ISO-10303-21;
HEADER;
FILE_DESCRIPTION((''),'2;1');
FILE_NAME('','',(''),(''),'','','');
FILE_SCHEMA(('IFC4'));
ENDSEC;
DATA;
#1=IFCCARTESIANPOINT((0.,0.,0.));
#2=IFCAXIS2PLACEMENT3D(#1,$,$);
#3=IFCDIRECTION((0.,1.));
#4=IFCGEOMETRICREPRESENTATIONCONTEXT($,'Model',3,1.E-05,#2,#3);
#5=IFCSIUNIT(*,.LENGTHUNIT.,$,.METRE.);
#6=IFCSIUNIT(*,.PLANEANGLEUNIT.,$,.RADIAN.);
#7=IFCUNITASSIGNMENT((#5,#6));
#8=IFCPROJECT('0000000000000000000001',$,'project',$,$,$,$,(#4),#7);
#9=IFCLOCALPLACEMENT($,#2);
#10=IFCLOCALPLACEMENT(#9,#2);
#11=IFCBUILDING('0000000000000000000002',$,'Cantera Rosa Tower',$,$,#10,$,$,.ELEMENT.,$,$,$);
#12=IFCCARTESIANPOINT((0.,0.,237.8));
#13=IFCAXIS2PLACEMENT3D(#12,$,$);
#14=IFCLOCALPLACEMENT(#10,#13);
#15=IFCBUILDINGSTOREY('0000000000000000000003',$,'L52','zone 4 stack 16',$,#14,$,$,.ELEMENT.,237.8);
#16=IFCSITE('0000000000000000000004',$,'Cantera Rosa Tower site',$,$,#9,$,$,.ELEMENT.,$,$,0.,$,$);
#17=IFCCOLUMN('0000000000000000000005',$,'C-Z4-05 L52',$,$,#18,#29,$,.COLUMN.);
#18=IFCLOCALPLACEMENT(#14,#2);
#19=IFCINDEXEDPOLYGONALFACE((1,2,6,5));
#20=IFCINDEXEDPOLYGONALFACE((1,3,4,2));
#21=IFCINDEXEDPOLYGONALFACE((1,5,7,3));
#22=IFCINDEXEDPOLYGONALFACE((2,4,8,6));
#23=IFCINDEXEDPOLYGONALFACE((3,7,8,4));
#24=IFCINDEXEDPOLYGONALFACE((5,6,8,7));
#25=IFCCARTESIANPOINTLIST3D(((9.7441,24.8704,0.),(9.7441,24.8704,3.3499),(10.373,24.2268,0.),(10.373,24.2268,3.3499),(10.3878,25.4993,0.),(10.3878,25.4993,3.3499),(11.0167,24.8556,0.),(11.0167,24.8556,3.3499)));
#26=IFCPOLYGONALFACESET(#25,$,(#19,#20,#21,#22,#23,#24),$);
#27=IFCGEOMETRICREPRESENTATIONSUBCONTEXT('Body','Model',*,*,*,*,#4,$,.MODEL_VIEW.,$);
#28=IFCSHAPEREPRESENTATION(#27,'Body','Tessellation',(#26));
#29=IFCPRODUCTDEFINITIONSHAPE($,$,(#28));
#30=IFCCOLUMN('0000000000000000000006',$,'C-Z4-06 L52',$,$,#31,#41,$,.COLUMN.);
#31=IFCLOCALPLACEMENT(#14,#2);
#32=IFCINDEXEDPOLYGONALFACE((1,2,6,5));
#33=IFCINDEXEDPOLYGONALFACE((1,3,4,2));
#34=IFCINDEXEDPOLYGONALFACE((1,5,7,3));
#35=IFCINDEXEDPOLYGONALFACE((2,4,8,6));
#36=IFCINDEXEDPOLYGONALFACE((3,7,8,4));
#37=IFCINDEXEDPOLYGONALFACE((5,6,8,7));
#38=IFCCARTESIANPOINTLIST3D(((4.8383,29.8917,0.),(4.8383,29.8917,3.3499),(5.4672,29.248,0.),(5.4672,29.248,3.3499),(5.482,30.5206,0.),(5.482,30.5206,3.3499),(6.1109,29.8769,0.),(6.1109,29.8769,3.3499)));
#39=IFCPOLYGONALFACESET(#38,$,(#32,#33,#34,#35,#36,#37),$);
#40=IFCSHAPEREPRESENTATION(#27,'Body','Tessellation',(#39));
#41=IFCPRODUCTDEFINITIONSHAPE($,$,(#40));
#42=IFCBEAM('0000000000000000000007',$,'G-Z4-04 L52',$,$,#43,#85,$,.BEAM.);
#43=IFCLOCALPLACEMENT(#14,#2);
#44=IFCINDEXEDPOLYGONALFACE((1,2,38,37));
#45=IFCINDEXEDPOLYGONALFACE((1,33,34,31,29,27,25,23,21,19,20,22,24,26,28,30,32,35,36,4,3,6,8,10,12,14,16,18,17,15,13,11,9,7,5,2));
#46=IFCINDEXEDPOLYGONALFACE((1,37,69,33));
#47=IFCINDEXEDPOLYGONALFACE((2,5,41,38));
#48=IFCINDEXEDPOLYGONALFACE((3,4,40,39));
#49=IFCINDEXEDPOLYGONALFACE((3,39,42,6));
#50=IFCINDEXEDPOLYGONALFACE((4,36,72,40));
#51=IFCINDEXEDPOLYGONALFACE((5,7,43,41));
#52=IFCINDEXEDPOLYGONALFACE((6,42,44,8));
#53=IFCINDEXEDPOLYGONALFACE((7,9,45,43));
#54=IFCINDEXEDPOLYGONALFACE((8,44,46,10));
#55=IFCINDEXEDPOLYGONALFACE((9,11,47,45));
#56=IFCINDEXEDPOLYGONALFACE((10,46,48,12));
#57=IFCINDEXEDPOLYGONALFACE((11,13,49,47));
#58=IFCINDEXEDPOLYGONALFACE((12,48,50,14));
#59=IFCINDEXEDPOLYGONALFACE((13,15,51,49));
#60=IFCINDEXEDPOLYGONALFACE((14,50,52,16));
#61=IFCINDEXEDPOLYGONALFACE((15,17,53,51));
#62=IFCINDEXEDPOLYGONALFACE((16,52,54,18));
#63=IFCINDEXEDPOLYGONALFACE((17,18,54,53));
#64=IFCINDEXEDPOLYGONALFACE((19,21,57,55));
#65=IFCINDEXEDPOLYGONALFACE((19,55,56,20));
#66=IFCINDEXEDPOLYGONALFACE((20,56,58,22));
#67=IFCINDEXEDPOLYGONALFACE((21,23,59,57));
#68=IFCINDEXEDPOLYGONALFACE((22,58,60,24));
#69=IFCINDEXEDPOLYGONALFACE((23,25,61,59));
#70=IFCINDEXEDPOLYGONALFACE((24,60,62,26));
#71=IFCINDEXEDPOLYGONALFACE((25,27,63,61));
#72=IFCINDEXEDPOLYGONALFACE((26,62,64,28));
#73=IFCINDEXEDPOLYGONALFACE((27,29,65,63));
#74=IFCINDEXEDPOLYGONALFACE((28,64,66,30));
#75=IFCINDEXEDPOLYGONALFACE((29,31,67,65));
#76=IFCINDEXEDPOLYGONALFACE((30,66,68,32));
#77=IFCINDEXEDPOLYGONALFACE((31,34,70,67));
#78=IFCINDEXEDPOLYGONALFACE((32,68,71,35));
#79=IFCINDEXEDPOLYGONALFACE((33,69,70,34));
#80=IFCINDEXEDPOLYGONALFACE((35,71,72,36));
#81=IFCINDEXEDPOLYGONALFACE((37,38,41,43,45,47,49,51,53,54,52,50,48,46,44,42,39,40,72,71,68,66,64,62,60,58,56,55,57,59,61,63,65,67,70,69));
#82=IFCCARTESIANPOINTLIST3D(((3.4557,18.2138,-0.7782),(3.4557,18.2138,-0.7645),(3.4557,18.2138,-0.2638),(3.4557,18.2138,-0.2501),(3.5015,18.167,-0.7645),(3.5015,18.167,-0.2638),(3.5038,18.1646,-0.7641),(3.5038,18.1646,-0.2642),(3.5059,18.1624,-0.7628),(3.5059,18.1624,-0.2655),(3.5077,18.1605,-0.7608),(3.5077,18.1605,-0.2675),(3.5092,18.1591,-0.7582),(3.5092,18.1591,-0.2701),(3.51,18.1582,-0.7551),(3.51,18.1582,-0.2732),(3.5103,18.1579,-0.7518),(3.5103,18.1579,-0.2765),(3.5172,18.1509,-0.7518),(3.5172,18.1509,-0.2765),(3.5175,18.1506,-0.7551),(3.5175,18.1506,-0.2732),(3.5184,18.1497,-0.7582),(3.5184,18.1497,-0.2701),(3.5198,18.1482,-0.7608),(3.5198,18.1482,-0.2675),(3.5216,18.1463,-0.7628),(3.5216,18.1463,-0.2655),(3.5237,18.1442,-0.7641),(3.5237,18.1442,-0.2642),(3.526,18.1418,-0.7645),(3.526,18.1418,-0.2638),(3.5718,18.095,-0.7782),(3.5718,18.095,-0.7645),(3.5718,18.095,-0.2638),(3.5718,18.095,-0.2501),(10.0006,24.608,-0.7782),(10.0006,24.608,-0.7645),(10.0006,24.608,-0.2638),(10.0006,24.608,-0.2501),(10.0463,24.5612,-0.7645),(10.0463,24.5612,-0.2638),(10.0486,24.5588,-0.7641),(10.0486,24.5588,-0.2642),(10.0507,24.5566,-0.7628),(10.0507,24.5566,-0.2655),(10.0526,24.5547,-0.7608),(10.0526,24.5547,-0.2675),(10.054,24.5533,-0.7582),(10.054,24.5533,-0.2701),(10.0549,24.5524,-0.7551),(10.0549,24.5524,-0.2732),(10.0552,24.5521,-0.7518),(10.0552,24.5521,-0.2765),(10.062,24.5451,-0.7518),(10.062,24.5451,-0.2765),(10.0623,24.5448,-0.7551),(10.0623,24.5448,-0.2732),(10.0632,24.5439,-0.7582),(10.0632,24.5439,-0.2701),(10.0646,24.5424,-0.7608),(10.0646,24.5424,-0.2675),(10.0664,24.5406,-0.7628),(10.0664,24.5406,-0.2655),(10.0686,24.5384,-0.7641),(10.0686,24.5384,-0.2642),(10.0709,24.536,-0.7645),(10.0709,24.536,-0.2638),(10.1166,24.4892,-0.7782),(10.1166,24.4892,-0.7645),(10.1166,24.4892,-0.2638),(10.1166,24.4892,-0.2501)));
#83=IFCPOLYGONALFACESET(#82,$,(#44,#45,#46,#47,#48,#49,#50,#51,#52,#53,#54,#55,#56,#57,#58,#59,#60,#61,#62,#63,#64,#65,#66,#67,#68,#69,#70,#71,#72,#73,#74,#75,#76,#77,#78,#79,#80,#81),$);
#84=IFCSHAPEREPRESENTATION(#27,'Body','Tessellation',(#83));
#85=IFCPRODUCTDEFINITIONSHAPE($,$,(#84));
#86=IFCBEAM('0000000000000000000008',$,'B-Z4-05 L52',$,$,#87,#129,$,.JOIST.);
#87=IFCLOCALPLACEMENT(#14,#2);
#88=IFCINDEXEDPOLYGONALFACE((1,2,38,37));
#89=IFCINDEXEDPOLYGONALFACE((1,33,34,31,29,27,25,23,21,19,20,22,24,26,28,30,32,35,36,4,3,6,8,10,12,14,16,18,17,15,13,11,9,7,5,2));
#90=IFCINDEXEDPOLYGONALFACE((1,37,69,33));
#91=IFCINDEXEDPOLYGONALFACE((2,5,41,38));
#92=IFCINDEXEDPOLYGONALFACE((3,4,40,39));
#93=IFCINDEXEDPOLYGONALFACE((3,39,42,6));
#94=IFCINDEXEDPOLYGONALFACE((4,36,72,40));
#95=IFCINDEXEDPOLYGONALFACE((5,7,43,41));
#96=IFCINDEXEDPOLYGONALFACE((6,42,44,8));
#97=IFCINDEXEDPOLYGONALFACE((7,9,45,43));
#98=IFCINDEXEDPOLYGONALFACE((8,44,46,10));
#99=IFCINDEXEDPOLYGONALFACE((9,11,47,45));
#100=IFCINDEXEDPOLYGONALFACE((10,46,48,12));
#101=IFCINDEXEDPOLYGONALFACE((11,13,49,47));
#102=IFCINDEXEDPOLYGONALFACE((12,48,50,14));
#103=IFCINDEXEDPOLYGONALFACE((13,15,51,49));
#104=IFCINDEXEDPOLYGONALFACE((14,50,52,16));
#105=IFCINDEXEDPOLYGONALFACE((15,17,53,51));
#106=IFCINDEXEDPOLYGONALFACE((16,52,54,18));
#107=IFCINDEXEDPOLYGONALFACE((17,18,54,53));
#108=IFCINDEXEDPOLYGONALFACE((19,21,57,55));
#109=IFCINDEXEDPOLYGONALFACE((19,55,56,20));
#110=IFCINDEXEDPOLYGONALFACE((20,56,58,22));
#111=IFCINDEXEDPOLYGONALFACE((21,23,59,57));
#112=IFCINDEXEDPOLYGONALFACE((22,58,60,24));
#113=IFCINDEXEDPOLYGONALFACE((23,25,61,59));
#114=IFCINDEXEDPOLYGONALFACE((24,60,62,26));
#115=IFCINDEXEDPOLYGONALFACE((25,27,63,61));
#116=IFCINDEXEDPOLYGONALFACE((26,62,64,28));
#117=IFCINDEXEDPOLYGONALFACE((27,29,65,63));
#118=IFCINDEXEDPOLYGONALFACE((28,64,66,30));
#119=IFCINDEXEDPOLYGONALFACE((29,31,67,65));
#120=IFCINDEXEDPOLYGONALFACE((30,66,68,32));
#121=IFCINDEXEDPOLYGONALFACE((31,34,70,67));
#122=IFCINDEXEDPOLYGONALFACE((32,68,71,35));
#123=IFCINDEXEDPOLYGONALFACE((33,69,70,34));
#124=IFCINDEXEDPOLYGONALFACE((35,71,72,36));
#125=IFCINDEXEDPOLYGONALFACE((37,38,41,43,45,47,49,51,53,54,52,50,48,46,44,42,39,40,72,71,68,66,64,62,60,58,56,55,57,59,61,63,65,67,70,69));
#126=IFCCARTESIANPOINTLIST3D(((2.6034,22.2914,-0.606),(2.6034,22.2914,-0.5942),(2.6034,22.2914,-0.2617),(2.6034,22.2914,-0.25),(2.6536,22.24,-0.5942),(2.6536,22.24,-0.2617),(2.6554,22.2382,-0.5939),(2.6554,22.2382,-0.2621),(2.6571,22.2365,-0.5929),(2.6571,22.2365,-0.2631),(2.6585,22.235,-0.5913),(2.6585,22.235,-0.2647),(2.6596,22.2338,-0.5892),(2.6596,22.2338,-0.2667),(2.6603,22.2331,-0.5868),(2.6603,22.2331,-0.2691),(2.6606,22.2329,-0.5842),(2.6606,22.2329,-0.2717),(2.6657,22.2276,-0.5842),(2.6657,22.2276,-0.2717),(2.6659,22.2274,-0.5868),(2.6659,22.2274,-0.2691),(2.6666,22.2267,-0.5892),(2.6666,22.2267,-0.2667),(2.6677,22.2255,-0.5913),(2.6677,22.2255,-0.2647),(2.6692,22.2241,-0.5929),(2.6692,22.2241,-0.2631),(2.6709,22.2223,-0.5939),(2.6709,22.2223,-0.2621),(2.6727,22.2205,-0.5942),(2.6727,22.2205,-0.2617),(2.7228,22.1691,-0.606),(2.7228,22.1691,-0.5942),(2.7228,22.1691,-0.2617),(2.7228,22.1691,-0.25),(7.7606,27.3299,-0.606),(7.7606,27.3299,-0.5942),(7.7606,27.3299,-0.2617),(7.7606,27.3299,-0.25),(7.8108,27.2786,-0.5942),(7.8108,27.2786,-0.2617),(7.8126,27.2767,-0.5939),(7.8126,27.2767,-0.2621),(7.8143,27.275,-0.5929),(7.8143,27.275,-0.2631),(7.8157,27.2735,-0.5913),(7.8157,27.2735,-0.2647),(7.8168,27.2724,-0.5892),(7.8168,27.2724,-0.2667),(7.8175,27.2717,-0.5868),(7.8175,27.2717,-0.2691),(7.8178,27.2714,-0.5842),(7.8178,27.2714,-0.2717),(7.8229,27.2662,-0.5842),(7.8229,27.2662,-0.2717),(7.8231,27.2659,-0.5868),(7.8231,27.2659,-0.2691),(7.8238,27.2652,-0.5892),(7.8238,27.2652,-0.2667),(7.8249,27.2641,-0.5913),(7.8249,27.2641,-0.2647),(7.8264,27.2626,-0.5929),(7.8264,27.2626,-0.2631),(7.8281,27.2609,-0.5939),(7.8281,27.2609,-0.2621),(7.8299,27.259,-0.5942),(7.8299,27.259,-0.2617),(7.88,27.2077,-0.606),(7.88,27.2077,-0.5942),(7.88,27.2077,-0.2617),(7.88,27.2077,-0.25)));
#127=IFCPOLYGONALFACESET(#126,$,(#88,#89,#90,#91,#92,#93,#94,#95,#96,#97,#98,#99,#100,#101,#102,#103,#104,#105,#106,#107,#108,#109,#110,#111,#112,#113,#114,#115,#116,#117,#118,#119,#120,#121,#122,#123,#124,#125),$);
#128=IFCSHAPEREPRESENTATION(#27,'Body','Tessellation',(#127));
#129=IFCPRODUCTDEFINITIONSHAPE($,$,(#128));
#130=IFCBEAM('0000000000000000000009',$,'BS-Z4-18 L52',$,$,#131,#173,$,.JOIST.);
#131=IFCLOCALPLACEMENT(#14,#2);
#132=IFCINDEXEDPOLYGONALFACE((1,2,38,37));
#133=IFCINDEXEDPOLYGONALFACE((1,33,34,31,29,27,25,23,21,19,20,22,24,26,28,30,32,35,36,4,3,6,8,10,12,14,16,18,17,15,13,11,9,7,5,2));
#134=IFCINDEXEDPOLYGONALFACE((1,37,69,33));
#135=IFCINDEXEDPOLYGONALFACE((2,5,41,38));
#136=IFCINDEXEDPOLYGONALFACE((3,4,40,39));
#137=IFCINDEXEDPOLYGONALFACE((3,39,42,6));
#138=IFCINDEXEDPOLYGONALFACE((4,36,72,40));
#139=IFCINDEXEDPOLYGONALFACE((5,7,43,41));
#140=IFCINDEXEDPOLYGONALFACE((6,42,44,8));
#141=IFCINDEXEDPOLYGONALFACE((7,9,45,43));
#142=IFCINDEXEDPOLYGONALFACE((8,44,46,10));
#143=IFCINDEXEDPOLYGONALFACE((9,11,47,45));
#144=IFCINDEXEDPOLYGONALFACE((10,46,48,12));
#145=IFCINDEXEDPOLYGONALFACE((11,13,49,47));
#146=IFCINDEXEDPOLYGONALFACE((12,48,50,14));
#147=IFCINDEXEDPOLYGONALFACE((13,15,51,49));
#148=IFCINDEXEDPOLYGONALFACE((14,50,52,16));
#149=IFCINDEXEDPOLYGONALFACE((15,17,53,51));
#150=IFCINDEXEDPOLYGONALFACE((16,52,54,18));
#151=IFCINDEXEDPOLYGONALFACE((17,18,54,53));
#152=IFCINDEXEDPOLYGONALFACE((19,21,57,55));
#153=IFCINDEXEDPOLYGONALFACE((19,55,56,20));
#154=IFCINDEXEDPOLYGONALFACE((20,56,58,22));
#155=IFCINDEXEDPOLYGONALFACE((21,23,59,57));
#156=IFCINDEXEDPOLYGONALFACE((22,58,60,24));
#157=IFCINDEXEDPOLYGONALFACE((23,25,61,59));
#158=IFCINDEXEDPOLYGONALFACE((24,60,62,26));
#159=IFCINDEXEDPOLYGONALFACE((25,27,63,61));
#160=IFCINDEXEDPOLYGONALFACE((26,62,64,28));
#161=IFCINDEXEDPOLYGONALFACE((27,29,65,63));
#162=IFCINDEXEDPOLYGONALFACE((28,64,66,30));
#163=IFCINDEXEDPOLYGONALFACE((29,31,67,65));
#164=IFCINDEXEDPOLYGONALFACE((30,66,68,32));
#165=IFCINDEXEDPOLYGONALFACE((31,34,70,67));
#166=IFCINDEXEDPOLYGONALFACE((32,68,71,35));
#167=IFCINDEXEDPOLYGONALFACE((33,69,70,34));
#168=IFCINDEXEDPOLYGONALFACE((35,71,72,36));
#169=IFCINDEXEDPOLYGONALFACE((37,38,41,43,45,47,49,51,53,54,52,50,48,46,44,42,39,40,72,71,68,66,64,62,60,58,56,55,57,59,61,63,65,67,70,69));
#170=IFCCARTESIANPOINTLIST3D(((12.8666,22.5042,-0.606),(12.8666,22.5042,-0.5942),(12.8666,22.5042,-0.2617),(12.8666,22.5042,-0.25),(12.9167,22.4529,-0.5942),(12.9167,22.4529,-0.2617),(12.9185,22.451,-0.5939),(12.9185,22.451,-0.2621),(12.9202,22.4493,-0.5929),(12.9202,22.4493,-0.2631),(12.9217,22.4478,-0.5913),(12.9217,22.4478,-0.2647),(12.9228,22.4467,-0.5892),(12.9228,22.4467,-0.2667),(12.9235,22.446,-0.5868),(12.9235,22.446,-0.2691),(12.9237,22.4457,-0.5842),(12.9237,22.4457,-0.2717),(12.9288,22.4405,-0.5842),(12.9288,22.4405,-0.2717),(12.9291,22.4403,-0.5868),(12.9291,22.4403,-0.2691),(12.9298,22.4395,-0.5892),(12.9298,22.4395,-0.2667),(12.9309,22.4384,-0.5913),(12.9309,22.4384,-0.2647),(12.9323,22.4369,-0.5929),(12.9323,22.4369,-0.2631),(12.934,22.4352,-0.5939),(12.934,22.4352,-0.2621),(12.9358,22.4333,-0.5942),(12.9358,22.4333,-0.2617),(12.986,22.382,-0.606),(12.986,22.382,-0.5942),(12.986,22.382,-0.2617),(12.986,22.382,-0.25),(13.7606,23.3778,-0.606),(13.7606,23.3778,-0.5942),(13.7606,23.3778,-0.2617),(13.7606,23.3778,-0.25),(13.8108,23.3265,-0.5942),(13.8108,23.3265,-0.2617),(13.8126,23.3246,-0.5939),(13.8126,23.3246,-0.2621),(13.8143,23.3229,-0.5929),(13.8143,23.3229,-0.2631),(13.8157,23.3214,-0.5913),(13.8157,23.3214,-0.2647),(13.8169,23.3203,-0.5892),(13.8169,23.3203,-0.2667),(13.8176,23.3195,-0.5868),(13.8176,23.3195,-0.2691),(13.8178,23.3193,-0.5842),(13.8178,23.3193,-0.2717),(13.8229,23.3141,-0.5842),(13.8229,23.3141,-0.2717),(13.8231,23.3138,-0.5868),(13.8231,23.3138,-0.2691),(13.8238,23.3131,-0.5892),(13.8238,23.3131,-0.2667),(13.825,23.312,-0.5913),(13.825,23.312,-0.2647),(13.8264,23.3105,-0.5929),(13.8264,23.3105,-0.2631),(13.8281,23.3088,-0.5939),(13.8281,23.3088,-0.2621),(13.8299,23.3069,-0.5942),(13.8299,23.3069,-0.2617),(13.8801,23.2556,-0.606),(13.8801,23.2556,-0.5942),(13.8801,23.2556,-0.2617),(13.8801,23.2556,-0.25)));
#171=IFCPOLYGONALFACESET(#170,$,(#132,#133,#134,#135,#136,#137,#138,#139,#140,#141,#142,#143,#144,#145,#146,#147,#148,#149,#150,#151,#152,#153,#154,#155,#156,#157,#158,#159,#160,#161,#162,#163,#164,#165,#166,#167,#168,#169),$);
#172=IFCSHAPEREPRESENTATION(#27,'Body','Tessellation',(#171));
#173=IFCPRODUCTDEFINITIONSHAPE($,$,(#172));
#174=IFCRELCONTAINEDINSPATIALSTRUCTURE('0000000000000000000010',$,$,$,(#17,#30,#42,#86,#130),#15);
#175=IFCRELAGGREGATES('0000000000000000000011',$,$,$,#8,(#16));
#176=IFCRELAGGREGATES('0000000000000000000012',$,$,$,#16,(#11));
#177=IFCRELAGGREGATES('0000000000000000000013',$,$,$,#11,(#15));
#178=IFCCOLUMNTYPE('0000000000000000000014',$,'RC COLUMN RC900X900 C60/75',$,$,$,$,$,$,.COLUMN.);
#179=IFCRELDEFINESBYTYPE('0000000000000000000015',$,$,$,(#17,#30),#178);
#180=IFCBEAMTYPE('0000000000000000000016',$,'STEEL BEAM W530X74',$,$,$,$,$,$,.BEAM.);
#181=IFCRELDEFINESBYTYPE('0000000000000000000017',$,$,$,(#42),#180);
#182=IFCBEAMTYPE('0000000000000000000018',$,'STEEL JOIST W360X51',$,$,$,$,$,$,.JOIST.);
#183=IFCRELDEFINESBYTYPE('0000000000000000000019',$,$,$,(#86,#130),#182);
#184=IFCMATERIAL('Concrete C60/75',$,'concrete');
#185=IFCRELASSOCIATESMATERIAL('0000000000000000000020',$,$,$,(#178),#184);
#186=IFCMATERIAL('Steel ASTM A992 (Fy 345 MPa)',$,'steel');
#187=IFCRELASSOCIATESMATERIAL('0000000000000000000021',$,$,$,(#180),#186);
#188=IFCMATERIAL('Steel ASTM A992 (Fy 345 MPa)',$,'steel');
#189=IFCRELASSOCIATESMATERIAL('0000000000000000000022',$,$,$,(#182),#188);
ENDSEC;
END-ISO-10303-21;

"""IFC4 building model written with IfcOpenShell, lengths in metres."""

from ifc_helpers import new_model, si_unit, direction, frame, origin, origin_2d, place, context, subcontext, project, spatial, rectangle, i_section, extrude, material, material_profile, profile_set, type_object, element, save


model = new_model("IFC4")

# Units and contexts
model_context = context("Model", 3, precision=1e-05, world=origin(), true_north=direction((0.0, 1.0)))
body_context = subcontext(model_context, "Body", "Model", "MODEL_VIEW")
ifc_project = project(units=[si_unit("LENGTHUNIT", "METRE"), si_unit("PLANEANGLEUNIT", "RADIAN")], contexts=[model_context])

# Site, building, storey
site_placement = place(None, origin())
site = spatial("IfcSite", under=ifc_project, at=site_placement, Name="Cantera Rosa Tower site", CompositionType="ELEMENT", RefElevation=0.0)
building_placement = place(site_placement, origin())
building = spatial("IfcBuilding", under=site, at=building_placement, Name="Cantera Rosa Tower", CompositionType="ELEMENT")
storey_placement = place(building_placement, frame((0.0, 0.0, 237.8)))
storey = spatial("IfcBuildingStorey", under=building, at=storey_placement, Name="L52", Description="zone 4 stack 16", CompositionType="ELEMENT", Elevation=237.8)

# Columns
ifc_material_1 = material(Name="Concrete C60/75", Category="concrete")
ifc_material_profile_1 = material_profile(ifc_material_1, rectangle(XDim=0.8999, YDim=0.8999, at=origin_2d()), Name="RC COLUMN RC900X900 C60/75")
ifc_profile_set_1 = profile_set([ifc_material_profile_1], Name="Concrete C60/75")
column_type = type_object("IfcColumnType", Name="RC COLUMN RC900X900 C60/75", PredefinedType="COLUMN", material=ifc_profile_set_1)
for number, where, z_axis, x_axis, name in (
    (1, (10.3804, 24.863, 0.0), (0.0, 0.0, 1.0), (0.715286, 0.698832, 0.0), "C-Z4-05 L52"),
    (2, (5.4746, 29.8843, 0.0), (0.0, 0.0, 1.0), (0.715286, 0.698832, 0.0), "C-Z4-06 L52"),
):
    element("IfcColumn", number, at=place(storey_placement, frame(where, z_axis=z_axis, x_axis=x_axis)), inside=storey, type_object=column_type, Name=name, PredefinedType="COLUMN", context=body_context, shape_type="SweptSolid", body=[
        extrude(rectangle(XDim=0.8999, YDim=0.8999, at=origin_2d()), origin(), (0.0, 0.0, 1.0), 3.3499),
    ])

# Beams
ifc_material_2 = material(Name="Steel ASTM A992 (Fy 345 MPa)", Category="steel")
ifc_material_profile_2 = material_profile(ifc_material_2, i_section(OverallWidth=0.166, OverallDepth=0.5281, WebThickness=0.0098, FlangeThickness=0.0137, FilletRadius=0.0127, at=origin_2d()), Name="W530X74")
ifc_profile_set_2 = profile_set([ifc_material_profile_2], Name="Steel ASTM A992 (Fy 345 MPa)")
beam_type_1 = type_object("IfcBeamType", Name="STEEL BEAM W530X74", PredefinedType="BEAM", material=ifc_profile_set_2)
beam_1_placement = place(storey_placement, frame((10.0586, 24.5486, -0.5142), z_axis=(-0.71529, -0.698827, 0.0), x_axis=(0.698827, -0.71529, 0.0)))
element("IfcBeam", 3, at=beam_1_placement, inside=storey, type_object=beam_type_1, Name="G-Z4-04 L52", PredefinedType="BEAM", context=body_context, shape_type="SweptSolid", body=[
    extrude(i_section(OverallWidth=0.166, OverallDepth=0.5281, WebThickness=0.0098, FlangeThickness=0.0137, FilletRadius=0.0127, at=origin_2d()), origin(), (0.0, 0.0, 1.0), 9.1499),
])
ifc_material_3 = material(Name="Steel ASTM A992 (Fy 345 MPa)", Category="steel")
ifc_material_profile_3 = material_profile(ifc_material_3, i_section(OverallWidth=0.1709, OverallDepth=0.356, WebThickness=0.0073, FlangeThickness=0.0117, FilletRadius=0.01, at=origin_2d()), Name="W360X51")
ifc_profile_set_3 = profile_set([ifc_material_profile_3], Name="Steel ASTM A992 (Fy 345 MPa)")
beam_type_2 = type_object("IfcBeamType", Name="STEEL JOIST W360X51", PredefinedType="JOIST", material=ifc_profile_set_3)
beam_2_placement = place(storey_placement, frame((7.8203, 27.2688, -0.428), z_axis=(-0.715287, -0.698831, 0.0), x_axis=(0.698831, -0.715287, 0.0)))
element("IfcBeam", 4, at=beam_2_placement, inside=storey, type_object=beam_type_2, Name="B-Z4-05 L52", PredefinedType="JOIST", context=body_context, shape_type="SweptSolid", body=[
    extrude(i_section(OverallWidth=0.1709, OverallDepth=0.356, WebThickness=0.0073, FlangeThickness=0.0117, FilletRadius=0.01, at=origin_2d()), origin(), (0.0, 0.0, 1.0), 7.21),
])
beam_3_placement = place(storey_placement, frame((12.9263, 22.4431, -0.428), z_axis=(0.715263, 0.698856, 0.0), x_axis=(-0.698856, 0.715263, 0.0)))
element("IfcBeam", 5, at=beam_3_placement, inside=storey, type_object=beam_type_2, Name="BS-Z4-18 L52", PredefinedType="JOIST", context=body_context, shape_type="SweptSolid", body=[
    extrude(i_section(OverallWidth=0.1709, OverallDepth=0.356, WebThickness=0.0073, FlangeThickness=0.0117, FilletRadius=0.01, at=origin_2d()), origin(), (0.0, 0.0, 1.0), 1.25),
])

save(model, "model.ifc")
